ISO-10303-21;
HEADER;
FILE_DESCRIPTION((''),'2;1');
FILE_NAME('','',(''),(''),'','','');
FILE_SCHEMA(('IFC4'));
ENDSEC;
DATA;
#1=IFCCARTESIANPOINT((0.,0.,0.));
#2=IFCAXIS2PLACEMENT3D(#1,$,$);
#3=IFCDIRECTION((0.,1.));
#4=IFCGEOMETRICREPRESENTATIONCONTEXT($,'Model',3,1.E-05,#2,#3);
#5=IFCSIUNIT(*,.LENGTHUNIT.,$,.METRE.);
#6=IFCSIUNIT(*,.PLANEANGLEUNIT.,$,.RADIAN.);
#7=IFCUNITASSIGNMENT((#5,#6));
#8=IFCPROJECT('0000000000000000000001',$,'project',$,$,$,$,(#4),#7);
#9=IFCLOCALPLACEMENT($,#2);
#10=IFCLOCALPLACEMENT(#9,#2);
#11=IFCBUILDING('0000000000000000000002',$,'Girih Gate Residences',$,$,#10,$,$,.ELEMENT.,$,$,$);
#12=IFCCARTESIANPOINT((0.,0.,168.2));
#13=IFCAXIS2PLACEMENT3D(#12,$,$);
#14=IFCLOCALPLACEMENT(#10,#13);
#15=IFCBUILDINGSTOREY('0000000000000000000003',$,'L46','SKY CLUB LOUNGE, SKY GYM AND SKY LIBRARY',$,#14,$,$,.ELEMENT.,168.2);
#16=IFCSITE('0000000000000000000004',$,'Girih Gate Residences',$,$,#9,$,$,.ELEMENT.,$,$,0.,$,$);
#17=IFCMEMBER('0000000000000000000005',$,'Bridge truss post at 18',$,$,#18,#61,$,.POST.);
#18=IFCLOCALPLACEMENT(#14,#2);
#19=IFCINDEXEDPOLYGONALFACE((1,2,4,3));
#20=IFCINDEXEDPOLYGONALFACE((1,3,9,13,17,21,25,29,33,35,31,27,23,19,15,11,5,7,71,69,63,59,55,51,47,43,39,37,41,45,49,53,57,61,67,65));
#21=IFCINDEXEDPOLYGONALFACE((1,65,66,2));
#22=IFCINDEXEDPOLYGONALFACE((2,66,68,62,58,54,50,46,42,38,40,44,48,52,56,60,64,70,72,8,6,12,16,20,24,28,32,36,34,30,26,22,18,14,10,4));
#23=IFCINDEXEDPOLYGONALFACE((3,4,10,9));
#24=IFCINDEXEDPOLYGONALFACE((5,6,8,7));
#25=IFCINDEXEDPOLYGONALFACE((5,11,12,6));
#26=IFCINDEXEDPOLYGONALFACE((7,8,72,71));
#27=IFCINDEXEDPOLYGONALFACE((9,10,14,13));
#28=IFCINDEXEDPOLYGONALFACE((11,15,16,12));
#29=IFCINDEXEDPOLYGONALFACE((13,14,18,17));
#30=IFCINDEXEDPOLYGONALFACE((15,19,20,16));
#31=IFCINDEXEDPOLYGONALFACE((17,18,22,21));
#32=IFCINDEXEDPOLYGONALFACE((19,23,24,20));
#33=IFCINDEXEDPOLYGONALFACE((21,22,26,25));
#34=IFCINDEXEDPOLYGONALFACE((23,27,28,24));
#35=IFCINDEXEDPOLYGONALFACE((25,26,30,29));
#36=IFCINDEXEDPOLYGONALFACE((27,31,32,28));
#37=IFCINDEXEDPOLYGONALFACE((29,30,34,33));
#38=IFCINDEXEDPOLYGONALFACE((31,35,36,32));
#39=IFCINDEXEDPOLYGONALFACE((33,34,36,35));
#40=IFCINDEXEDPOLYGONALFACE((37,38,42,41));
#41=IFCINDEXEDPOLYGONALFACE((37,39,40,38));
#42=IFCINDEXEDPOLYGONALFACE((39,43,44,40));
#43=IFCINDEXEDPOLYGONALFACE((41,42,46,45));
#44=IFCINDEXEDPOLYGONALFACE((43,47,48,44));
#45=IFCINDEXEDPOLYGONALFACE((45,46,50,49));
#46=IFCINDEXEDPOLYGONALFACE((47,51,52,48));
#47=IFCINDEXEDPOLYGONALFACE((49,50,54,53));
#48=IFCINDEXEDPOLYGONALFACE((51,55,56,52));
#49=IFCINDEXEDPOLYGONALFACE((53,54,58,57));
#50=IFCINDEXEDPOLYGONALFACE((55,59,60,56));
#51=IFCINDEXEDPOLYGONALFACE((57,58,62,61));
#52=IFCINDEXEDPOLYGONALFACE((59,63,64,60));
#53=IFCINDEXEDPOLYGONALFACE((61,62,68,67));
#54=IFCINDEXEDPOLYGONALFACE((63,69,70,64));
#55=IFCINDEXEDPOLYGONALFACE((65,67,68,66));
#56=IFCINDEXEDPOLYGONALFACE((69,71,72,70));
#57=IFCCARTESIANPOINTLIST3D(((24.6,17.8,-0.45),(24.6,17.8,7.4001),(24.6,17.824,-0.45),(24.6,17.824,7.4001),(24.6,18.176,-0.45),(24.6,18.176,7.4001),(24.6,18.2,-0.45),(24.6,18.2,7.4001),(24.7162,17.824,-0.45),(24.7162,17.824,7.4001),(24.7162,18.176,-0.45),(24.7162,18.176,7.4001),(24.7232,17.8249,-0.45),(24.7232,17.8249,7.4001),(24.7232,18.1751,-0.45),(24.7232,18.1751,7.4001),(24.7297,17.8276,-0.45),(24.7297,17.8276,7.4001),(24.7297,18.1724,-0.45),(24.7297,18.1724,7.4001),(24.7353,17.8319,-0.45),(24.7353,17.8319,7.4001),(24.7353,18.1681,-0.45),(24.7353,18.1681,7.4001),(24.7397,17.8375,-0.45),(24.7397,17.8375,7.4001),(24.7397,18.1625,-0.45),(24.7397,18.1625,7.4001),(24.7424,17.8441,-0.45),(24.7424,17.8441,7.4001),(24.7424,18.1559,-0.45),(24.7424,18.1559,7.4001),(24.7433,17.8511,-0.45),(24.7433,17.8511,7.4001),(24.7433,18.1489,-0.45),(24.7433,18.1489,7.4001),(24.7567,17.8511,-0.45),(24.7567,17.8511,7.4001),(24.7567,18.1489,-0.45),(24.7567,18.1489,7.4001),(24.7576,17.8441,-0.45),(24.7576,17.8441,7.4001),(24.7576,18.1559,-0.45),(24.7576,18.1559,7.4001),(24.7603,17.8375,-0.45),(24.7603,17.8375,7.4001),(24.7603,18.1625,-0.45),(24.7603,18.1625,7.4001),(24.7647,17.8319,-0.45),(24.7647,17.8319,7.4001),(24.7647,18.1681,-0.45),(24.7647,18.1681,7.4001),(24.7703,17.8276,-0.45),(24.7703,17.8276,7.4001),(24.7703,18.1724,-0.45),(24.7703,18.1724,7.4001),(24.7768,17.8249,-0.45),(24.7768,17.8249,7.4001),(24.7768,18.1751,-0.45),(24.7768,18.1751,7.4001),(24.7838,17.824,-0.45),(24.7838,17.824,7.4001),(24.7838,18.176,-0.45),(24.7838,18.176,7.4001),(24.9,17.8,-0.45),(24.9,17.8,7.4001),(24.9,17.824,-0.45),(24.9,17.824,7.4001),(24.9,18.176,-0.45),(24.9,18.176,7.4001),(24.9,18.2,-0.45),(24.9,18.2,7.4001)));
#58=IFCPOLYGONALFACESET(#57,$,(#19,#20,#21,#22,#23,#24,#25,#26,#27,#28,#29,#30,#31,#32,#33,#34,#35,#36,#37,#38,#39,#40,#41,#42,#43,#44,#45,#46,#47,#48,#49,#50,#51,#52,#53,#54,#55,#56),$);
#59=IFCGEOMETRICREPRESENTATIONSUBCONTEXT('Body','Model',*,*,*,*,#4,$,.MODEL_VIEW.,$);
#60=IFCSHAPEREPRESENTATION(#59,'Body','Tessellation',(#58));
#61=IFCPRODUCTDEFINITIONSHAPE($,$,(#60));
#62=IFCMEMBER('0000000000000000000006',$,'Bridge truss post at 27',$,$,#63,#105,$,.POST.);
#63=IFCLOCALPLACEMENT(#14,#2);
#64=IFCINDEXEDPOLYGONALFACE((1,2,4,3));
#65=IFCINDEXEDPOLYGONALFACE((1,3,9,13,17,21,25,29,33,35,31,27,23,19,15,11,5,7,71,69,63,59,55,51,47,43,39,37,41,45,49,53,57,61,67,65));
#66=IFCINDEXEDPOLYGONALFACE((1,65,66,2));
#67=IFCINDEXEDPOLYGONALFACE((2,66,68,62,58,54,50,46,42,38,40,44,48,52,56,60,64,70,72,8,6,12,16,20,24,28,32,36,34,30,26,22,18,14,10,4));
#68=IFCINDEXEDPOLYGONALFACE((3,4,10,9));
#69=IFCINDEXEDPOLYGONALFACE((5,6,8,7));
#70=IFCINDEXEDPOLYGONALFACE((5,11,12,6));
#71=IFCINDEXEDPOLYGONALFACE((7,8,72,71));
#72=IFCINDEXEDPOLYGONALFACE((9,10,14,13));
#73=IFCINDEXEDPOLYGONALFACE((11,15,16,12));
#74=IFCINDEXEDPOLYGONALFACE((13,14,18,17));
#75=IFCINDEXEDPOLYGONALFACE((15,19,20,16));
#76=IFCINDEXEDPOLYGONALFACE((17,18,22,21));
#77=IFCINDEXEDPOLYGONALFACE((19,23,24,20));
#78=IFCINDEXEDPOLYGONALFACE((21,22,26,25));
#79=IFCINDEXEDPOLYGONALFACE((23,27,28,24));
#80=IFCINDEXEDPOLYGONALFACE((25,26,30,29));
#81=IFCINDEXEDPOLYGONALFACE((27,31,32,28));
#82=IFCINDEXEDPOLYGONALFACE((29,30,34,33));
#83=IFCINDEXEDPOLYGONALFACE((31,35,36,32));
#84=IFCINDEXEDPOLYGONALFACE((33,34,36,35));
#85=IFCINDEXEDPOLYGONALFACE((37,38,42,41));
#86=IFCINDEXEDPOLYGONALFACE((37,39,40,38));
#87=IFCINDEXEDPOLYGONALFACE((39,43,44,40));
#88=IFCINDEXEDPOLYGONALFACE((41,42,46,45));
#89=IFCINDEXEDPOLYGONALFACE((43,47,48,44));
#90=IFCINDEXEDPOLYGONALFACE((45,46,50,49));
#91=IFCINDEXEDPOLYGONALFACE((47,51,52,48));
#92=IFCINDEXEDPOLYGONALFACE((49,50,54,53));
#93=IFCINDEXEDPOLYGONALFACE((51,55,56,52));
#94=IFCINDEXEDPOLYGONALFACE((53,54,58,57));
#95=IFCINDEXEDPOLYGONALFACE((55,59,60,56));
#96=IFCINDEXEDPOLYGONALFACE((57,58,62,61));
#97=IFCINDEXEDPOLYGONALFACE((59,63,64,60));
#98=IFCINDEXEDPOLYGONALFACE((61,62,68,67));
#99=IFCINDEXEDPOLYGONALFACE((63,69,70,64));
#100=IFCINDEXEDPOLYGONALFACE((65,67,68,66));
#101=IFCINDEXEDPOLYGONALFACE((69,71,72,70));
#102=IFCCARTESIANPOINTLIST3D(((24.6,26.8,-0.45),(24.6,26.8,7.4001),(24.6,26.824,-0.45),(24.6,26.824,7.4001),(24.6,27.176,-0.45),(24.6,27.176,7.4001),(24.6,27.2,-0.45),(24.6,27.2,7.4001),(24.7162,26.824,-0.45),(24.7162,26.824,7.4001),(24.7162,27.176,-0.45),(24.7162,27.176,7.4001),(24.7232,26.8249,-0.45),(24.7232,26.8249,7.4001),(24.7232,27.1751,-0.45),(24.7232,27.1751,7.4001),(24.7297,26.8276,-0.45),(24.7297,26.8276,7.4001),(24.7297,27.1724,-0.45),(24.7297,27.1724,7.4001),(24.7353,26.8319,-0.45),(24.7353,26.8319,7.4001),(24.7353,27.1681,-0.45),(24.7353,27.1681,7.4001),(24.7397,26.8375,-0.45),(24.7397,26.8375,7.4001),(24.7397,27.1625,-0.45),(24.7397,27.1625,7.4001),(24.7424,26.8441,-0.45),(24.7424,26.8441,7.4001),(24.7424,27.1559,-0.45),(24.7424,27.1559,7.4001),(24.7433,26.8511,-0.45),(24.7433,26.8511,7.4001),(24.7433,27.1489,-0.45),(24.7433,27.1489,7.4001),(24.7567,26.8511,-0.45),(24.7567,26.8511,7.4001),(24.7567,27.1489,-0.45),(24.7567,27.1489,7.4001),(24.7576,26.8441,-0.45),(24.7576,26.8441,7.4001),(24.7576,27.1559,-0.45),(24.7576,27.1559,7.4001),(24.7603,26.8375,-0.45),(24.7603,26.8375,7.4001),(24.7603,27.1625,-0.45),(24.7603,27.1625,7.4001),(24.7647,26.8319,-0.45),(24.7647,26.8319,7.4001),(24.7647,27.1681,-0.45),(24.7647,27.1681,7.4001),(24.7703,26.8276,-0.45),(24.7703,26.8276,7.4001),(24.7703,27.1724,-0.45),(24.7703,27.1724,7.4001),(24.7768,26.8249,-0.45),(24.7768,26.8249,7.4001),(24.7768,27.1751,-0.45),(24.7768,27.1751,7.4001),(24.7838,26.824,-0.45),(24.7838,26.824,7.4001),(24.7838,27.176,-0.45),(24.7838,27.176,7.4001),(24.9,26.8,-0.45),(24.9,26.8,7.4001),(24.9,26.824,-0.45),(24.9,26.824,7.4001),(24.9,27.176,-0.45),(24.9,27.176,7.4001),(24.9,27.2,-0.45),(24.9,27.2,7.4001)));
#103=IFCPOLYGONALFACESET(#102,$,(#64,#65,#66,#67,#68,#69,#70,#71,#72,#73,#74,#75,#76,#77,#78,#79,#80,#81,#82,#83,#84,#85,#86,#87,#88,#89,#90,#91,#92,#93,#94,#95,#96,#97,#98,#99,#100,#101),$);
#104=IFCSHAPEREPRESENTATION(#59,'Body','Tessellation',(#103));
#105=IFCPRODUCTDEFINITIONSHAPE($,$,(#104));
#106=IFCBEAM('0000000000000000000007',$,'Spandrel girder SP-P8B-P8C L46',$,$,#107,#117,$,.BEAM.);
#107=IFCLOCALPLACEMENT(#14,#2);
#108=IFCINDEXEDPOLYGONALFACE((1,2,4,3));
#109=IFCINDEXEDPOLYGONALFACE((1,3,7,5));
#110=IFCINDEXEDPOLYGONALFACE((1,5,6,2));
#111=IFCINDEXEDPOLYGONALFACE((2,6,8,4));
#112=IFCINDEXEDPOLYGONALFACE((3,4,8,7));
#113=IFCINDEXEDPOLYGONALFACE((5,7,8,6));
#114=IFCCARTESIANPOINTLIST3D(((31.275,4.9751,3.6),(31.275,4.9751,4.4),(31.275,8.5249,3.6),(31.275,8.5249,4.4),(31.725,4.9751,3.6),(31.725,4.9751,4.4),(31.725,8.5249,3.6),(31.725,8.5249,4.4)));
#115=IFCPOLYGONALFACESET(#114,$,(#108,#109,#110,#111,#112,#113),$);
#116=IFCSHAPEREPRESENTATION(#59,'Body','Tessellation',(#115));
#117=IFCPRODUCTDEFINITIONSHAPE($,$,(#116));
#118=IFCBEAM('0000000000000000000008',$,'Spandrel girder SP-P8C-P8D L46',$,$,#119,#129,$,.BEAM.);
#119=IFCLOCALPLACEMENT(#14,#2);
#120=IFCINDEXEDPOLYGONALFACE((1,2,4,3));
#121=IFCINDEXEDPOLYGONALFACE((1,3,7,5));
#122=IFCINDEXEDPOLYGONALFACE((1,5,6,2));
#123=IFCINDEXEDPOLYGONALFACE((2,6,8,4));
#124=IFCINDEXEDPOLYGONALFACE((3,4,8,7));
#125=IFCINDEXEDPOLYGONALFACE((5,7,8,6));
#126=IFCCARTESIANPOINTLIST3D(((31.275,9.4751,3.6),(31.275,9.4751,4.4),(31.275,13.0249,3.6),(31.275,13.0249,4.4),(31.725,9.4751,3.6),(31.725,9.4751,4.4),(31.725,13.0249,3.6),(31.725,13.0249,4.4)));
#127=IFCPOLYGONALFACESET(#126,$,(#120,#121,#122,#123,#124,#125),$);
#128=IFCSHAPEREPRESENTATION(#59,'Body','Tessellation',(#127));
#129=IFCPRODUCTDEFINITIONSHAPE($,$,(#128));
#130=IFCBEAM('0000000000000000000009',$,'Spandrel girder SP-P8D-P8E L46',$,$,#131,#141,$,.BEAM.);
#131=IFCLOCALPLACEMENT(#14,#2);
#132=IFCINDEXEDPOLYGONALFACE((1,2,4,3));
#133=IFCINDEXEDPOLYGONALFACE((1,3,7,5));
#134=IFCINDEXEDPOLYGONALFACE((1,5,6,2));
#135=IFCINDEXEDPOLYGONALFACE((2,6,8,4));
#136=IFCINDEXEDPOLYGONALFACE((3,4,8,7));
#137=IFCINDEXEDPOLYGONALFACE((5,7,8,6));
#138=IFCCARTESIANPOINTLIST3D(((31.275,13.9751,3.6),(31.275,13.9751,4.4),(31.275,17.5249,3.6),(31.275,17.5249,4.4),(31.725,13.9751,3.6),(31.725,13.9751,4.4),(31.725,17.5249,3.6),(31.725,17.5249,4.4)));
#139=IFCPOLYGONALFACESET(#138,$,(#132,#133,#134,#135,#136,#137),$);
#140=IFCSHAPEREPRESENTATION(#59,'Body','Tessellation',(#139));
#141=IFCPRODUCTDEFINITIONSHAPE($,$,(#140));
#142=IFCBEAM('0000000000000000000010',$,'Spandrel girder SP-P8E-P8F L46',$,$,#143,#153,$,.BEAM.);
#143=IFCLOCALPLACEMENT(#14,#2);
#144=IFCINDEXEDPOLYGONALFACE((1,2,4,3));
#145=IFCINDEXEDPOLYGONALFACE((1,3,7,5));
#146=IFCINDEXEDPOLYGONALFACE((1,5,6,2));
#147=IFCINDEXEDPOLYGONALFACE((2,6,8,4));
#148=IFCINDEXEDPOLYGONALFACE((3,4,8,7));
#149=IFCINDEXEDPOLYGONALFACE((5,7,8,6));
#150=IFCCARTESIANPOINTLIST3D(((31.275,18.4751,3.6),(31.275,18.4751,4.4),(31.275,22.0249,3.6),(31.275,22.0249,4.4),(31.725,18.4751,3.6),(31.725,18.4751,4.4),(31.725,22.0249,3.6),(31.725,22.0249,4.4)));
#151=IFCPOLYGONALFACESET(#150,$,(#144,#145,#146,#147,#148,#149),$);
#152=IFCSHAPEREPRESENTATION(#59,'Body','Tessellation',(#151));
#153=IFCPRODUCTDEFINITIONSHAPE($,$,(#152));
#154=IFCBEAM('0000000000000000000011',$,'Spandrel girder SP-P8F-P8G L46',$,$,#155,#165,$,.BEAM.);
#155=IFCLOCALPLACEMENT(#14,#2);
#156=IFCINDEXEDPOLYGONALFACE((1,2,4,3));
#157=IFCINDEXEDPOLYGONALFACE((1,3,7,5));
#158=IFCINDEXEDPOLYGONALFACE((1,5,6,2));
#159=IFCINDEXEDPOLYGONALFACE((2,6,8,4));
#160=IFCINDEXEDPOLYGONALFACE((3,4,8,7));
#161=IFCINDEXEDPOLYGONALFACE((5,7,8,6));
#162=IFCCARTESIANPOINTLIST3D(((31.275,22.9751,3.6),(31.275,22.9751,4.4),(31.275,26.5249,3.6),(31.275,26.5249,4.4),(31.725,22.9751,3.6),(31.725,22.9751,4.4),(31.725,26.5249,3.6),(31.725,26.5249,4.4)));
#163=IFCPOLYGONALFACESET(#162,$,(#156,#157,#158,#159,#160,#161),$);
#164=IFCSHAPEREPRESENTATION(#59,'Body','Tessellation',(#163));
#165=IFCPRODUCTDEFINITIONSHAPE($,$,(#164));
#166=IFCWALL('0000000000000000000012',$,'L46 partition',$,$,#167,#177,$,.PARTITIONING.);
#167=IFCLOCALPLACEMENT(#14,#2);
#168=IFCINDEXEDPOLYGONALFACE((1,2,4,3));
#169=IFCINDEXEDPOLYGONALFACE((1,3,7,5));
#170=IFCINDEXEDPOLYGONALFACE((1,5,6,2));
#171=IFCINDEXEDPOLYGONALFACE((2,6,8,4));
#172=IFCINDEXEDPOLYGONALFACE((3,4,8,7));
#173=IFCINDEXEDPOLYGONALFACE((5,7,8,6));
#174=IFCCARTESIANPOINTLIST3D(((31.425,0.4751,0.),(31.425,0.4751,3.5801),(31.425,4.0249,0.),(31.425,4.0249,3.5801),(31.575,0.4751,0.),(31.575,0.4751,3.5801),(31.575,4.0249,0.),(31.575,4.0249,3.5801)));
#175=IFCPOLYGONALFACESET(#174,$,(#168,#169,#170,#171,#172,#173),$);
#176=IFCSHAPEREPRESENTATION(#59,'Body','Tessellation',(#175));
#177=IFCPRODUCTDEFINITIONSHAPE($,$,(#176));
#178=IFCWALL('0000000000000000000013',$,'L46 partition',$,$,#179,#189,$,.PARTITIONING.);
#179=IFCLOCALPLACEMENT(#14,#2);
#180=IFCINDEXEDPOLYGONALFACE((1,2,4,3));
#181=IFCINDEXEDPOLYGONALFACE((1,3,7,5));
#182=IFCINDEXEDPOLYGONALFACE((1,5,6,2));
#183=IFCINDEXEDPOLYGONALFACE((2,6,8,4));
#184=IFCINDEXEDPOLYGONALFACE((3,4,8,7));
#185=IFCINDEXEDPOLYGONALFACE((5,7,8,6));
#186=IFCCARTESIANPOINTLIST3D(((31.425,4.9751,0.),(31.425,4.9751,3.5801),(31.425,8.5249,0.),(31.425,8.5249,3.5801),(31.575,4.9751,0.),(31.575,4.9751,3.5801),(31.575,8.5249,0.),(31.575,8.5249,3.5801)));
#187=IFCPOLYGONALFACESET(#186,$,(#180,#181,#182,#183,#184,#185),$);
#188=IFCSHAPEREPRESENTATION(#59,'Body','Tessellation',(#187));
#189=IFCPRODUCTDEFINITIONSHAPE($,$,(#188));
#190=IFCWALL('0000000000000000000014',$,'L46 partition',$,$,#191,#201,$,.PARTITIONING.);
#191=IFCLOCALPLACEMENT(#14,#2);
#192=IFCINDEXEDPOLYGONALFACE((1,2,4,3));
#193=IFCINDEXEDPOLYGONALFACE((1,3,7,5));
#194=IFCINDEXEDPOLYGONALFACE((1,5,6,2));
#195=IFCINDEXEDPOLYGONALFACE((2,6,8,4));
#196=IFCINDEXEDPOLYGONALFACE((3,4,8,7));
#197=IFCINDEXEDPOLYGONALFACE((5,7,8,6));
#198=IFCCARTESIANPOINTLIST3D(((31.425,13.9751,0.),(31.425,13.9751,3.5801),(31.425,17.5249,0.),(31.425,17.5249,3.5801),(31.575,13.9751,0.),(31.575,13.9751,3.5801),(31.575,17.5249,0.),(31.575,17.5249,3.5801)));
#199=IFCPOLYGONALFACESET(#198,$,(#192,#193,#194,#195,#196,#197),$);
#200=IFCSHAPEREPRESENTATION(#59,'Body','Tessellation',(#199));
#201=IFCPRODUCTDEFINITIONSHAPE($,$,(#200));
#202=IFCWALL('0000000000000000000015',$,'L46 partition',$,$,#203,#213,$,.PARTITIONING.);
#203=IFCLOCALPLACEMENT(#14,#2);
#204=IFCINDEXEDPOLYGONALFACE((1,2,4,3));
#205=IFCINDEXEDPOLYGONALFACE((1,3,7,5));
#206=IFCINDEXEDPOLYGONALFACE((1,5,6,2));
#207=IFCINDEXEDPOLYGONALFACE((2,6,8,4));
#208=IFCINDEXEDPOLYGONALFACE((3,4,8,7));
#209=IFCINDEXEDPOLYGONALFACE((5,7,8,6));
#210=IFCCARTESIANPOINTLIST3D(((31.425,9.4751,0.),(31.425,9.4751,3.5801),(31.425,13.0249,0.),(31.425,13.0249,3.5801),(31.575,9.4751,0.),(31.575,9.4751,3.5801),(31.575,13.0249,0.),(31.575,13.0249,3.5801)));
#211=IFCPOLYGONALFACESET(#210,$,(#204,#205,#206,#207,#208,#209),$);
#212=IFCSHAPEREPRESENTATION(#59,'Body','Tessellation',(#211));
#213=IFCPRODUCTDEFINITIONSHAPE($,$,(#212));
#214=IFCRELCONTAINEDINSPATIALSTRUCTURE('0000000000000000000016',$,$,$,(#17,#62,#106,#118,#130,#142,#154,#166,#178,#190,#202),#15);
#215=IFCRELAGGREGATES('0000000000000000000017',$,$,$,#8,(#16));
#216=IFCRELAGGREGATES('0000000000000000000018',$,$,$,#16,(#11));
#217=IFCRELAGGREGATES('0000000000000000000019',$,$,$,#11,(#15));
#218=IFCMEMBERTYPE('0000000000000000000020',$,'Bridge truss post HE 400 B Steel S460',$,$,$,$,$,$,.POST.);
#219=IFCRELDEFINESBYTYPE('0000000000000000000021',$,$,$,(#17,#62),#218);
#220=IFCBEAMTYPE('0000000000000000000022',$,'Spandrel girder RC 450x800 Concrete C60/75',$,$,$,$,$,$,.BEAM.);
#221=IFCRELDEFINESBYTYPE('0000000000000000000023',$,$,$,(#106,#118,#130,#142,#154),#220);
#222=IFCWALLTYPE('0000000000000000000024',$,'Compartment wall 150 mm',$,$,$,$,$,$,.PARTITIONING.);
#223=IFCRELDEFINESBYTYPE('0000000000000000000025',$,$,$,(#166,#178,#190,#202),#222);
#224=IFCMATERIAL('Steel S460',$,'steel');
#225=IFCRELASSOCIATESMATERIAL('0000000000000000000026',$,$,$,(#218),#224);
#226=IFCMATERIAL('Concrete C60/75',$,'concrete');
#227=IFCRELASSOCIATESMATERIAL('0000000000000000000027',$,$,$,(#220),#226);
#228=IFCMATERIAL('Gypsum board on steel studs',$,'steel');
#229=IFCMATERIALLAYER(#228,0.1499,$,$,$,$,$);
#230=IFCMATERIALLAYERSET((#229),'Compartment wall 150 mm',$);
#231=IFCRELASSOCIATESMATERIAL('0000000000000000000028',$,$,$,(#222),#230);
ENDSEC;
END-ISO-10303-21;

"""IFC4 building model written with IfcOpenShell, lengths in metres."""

from ifc_helpers import new_model, si_unit, direction, frame, frame_2d, origin, origin_2d, place, context, subcontext, project, spatial, rectangle, i_section, extrude, material, layer, layer_set, material_profile, profile_set, type_object, element, save


model = new_model("IFC4")

# Units and contexts
model_context = context("Model", 3, precision=1e-05, world=origin(), true_north=direction((0.0, 1.0)))
body_context = subcontext(model_context, "Body", "Model", "MODEL_VIEW")
ifc_project = project(units=[si_unit("LENGTHUNIT", "METRE"), si_unit("PLANEANGLEUNIT", "RADIAN")], contexts=[model_context])

# Site, building, storey
site_placement = place(None, origin())
site = spatial("IfcSite", under=ifc_project, at=site_placement, Name="Girih Gate Residences", CompositionType="ELEMENT", RefElevation=0.0)
building_placement = place(site_placement, origin())
building = spatial("IfcBuilding", under=site, at=building_placement, Name="Girih Gate Residences", CompositionType="ELEMENT")
storey_placement = place(building_placement, frame((0.0, 0.0, 168.2)))
storey = spatial("IfcBuildingStorey", under=building, at=storey_placement, Name="L46", Description="SKY CLUB LOUNGE, SKY GYM AND SKY LIBRARY", CompositionType="ELEMENT", Elevation=168.2)

# Members
ifc_material_1 = material(Name="Steel S460", Category="steel")
ifc_material_profile_1 = material_profile(ifc_material_1, i_section(OverallWidth=0.3, OverallDepth=0.3999, WebThickness=0.0134, FlangeThickness=0.0239, FilletRadius=0.0271, at=origin_2d()))
ifc_profile_set_1 = profile_set([ifc_material_profile_1], Name="Steel S460")
member_type_1 = type_object("IfcMemberType", Name="Bridge truss post HE 400 B Steel S460", PredefinedType="POST", material=ifc_profile_set_1)
for number, where, z_axis, x_axis, name in (
    (1, (24.75, 18.0, -0.45), (0.0, 0.0, 1.0), (1.0, 0.0, 0.0), "Bridge truss post at 18"),
    (2, (24.75, 27.0, -0.45), (0.0, 0.0, 1.0), (1.0, 0.0, 0.0), "Bridge truss post at 27"),
):
    element("IfcMember", number, at=place(storey_placement, frame(where, z_axis=z_axis, x_axis=x_axis)), inside=storey, type_object=member_type_1, Name=name, PredefinedType="POST", context=body_context, shape_type="SweptSolid", body=[
        extrude(i_section(OverallWidth=0.3, OverallDepth=0.3999, WebThickness=0.0134, FlangeThickness=0.0239, FilletRadius=0.0271, at=origin_2d()), origin(), (0.0, 0.0, 1.0), 7.8501),
    ])

# Beams
ifc_material_2 = material(Name="Concrete C60/75", Category="concrete")
ifc_material_profile_2 = material_profile(ifc_material_2, rectangle(XDim=0.45, YDim=0.8, at=origin_2d()))
ifc_profile_set_2 = profile_set([ifc_material_profile_2], Name="Concrete C60/75")
beam_type = type_object("IfcBeamType", Name="Spandrel girder RC 450x800 Concrete C60/75", PredefinedType="BEAM", material=ifc_profile_set_2)
for number, where, z_axis, x_axis, name in (
    (3, (31.5, 4.9751, 4.0), (0.0, 1.0, 0.0), (-1.0, 0.0, 0.0), "Spandrel girder SP-P8B-P8C L46"),
    (4, (31.5, 9.4751, 4.0), (0.0, 1.0, 0.0), (-1.0, 0.0, 0.0), "Spandrel girder SP-P8C-P8D L46"),
    (5, (31.5, 13.9751, 4.0), (0.0, 1.0, 0.0), (-1.0, 0.0, 0.0), "Spandrel girder SP-P8D-P8E L46"),
    (6, (31.5, 18.4751, 4.0), (0.0, 1.0, 0.0), (-1.0, 0.0, 0.0), "Spandrel girder SP-P8E-P8F L46"),
    (7, (31.5, 22.9751, 4.0), (0.0, 1.0, 0.0), (-1.0, 0.0, 0.0), "Spandrel girder SP-P8F-P8G L46"),
):
    element("IfcBeam", number, at=place(storey_placement, frame(where, z_axis=z_axis, x_axis=x_axis)), inside=storey, type_object=beam_type, Name=name, PredefinedType="BEAM", context=body_context, shape_type="SweptSolid", body=[
        extrude(rectangle(XDim=0.45, YDim=0.8, at=origin_2d()), origin(), (0.0, 0.0, 1.0), 3.5498),
    ])

# Walls
ifc_material_3 = material(Name="Gypsum board on steel studs", Category="steel")
ifc_layer = layer(ifc_material_3, 0.1499)
ifc_layer_set = layer_set([ifc_layer], Name="Compartment wall 150 mm")
wall_type = type_object("IfcWallType", Name="Compartment wall 150 mm", PredefinedType="PARTITIONING", material=ifc_layer_set)
for number, where, z_axis, x_axis, name in (
    (8, (31.5, 0.4751, 0.0), (0.0, 0.0, 1.0), (0.0, 1.0, 0.0), "L46 partition"),
    (9, (31.5, 4.9751, 0.0), (0.0, 0.0, 1.0), (0.0, 1.0, 0.0), "L46 partition"),
    (10, (31.5, 13.9751, 0.0), (0.0, 0.0, 1.0), (0.0, 1.0, 0.0), "L46 partition"),
    (11, (31.5, 9.4751, 0.0), (0.0, 0.0, 1.0), (0.0, 1.0, 0.0), "L46 partition"),
):
    element("IfcWall", number, at=place(storey_placement, frame(where, z_axis=z_axis, x_axis=x_axis)), inside=storey, type_object=wall_type, Name=name, PredefinedType="PARTITIONING", context=body_context, shape_type="SweptSolid", body=[
        extrude(rectangle(XDim=3.5498, YDim=0.1499, at=frame_2d((1.7749, 0.0))), origin(), (0.0, 0.0, 1.0), 3.5801),
    ])

save(model, "model.ifc")
